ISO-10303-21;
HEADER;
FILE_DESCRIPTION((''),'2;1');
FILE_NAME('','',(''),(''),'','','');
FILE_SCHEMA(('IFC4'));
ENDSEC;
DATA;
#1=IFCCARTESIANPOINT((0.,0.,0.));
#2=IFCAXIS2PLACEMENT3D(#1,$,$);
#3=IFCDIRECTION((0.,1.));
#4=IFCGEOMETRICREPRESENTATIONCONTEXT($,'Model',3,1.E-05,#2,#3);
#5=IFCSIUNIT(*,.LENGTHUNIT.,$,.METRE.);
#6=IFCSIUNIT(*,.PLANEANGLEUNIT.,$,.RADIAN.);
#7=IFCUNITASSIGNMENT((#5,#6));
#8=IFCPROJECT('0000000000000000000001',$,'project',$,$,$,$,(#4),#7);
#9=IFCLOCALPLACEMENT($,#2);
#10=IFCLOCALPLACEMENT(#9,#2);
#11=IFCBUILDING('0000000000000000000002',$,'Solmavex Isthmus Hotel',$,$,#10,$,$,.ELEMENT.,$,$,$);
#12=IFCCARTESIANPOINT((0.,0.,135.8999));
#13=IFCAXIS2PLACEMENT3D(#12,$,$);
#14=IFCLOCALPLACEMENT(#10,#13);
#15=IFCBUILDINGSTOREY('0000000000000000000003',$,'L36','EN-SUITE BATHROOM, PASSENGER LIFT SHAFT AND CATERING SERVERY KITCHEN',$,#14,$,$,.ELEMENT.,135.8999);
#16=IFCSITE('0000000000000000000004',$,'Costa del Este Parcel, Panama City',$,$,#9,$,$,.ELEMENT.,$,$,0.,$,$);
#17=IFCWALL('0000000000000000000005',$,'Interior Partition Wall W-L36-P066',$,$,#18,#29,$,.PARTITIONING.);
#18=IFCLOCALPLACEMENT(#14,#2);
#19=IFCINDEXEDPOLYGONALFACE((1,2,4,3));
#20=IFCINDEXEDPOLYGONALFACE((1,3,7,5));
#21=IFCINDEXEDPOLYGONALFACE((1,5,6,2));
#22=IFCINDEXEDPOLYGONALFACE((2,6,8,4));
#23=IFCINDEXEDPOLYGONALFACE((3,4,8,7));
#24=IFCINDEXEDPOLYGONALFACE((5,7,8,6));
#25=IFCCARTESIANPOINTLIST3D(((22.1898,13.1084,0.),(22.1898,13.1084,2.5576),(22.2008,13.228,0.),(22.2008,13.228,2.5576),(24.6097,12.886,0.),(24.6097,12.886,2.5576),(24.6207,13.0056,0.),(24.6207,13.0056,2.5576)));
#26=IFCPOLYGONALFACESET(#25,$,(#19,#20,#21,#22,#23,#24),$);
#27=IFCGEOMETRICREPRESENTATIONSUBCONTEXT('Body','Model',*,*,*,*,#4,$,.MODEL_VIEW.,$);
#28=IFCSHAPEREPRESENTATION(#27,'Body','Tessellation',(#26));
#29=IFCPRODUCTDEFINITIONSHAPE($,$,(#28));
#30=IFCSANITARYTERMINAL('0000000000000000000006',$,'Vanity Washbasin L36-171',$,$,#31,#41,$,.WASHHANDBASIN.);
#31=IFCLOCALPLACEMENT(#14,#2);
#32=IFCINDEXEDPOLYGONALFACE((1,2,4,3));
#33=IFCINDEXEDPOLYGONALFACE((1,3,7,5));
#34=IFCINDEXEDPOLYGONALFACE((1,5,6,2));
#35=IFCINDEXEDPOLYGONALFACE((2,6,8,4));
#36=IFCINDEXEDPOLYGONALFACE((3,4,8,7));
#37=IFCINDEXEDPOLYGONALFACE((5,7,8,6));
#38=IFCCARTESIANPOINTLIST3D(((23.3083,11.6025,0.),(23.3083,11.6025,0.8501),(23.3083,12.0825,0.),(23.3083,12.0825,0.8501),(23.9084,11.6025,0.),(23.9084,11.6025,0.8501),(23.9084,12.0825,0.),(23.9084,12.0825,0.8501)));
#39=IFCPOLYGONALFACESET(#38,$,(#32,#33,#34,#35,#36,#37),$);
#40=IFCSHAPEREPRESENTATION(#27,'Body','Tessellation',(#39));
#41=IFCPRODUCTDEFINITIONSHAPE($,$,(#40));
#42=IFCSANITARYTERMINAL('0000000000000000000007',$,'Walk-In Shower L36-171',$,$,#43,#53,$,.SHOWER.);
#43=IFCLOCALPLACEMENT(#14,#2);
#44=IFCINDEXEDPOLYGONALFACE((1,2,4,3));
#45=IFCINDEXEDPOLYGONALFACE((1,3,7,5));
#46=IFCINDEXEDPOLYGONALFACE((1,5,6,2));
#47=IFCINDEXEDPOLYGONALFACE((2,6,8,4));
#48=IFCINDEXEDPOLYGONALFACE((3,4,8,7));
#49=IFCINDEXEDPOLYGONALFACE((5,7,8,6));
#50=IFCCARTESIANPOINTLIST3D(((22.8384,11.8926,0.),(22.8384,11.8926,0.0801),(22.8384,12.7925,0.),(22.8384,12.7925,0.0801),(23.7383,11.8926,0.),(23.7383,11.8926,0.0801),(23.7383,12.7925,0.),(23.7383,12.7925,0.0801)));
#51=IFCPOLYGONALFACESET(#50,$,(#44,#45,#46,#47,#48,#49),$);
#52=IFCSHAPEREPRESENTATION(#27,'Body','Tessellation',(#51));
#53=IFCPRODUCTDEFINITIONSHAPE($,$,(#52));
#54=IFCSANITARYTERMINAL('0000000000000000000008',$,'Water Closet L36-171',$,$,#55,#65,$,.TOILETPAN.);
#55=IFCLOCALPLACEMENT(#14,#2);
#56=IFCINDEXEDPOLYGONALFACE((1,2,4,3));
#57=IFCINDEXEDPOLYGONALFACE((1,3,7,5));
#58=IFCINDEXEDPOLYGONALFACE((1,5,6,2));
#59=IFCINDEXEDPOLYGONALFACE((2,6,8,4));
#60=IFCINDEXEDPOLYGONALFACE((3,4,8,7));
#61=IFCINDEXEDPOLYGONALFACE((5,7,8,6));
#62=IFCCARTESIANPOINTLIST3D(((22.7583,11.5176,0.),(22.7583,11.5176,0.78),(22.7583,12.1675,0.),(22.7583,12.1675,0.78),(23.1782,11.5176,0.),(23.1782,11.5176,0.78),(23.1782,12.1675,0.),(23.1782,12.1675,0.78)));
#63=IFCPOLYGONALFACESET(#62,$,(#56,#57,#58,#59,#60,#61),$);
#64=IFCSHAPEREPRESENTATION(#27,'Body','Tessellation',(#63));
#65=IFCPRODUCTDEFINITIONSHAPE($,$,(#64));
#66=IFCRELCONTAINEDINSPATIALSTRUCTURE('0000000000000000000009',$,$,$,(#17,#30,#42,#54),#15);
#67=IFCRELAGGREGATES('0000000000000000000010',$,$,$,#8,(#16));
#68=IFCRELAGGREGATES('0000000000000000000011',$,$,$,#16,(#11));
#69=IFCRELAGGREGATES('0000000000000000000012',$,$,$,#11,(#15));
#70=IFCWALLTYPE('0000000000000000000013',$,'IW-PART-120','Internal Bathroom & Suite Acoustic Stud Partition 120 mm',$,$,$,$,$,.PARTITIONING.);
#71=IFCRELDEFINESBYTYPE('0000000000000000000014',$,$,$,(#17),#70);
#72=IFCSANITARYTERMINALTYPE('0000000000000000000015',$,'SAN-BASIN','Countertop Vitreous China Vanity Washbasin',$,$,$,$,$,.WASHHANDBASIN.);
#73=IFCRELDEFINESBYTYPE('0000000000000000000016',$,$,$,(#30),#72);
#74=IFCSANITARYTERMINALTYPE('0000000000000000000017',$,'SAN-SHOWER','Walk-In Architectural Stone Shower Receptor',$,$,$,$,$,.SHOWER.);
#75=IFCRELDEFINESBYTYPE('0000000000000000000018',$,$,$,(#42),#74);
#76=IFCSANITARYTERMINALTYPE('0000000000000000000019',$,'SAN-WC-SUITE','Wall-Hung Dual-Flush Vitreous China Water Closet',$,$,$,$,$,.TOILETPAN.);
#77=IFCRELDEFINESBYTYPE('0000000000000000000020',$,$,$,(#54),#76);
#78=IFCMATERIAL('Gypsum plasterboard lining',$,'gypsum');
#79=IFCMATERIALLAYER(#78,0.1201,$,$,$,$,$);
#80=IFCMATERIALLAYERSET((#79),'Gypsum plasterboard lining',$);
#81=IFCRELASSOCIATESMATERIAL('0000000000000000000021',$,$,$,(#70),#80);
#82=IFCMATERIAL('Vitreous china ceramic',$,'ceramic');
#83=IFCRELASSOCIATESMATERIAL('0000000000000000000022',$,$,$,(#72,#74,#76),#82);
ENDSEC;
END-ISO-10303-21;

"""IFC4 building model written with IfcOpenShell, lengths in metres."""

from ifc_helpers import new_model, si_unit, direction, frame, frame_2d, origin, origin_2d, place, context, subcontext, project, spatial, rectangle, extrude, material, layer, layer_set, type_object, element, save


model = new_model("IFC4")

# Units and contexts
model_context = context("Model", 3, precision=1e-05, world=origin(), true_north=direction((0.0, 1.0)))
body_context = subcontext(model_context, "Body", "Model", "MODEL_VIEW")
ifc_project = project(units=[si_unit("LENGTHUNIT", "METRE"), si_unit("PLANEANGLEUNIT", "RADIAN")], contexts=[model_context])

# Site, building, storey
site_placement = place(None, origin())
site = spatial("IfcSite", under=ifc_project, at=site_placement, Name="Costa del Este Parcel, Panama City", CompositionType="ELEMENT", RefElevation=0.0)
building_placement = place(site_placement, origin())
building = spatial("IfcBuilding", under=site, at=building_placement, Name="Solmavex Isthmus Hotel", CompositionType="ELEMENT")
storey_placement = place(building_placement, frame((0.0, 0.0, 135.8999)))
storey = spatial("IfcBuildingStorey", under=building, at=storey_placement, Name="L36", Description="EN-SUITE BATHROOM, PASSENGER LIFT SHAFT AND CATERING SERVERY KITCHEN", CompositionType="ELEMENT", Elevation=135.8999)

# Shared definitions
ifc_material_1 = material(Name="Gypsum plasterboard lining", Category="gypsum")

# Shared definitions
ifc_layer_1 = layer(ifc_material_1, 0.1201)
ifc_layer_set_1 = layer_set([ifc_layer_1], Name="Gypsum plasterboard lining")
wall_type_1 = type_object("IfcWallType", Name="IW-PART-120", Description="Internal Bathroom & Suite Acoustic Stud Partition 120 mm", PredefinedType="PARTITIONING", material=ifc_layer_set_1)

# Wall
wall_1_placement = place(storey_placement, frame((24.6152, 12.9458, 0.0), z_axis=(0.0, 0.0, 1.0), x_axis=(-0.995803, 0.091523, 0.0)))
element("IfcWall", 1, at=wall_1_placement, inside=storey, type_object=wall_type_1, Name="Interior Partition Wall W-L36-P066", PredefinedType="PARTITIONING", context=body_context, shape_type="SweptSolid", body=[
    extrude(rectangle(XDim=2.4302, YDim=0.1201, at=frame_2d((1.2151, 0.0))), origin(), (0.0, 0.0, 1.0), 2.5576),
])

# Sanitary terminals
ifc_material_2 = material(Name="Vitreous china ceramic", Category="ceramic")
sanitary_terminal_type_1 = type_object("IfcSanitaryTerminalType", Name="SAN-BASIN", Description="Countertop Vitreous China Vanity Washbasin", PredefinedType="WASHHANDBASIN", material=ifc_material_2)
sanitary_terminal_1_placement = place(storey_placement, frame((23.6084, 11.8425, 0.0), z_axis=(0.0, 0.0, 1.0), x_axis=(1.0, 0.0, 0.0)))
element("IfcSanitaryTerminal", 2, at=sanitary_terminal_1_placement, inside=storey, type_object=sanitary_terminal_type_1, Name="Vanity Washbasin L36-171", PredefinedType="WASHHANDBASIN", context=body_context, shape_type="SweptSolid", body=[
    extrude(rectangle(XDim=0.6001, YDim=0.48, at=origin_2d()), origin(), (0.0, 0.0, 1.0), 0.8501),
])
sanitary_terminal_type_2 = type_object("IfcSanitaryTerminalType", Name="SAN-SHOWER", Description="Walk-In Architectural Stone Shower Receptor", PredefinedType="SHOWER", material=ifc_material_2)
sanitary_terminal_2_placement = place(storey_placement, frame((23.2883, 12.3425, 0.0), z_axis=(0.0, 0.0, 1.0), x_axis=(1.0, 0.0, 0.0)))
element("IfcSanitaryTerminal", 3, at=sanitary_terminal_2_placement, inside=storey, type_object=sanitary_terminal_type_2, Name="Walk-In Shower L36-171", PredefinedType="SHOWER", context=body_context, shape_type="SweptSolid", body=[
    extrude(rectangle(XDim=0.8999, YDim=0.8999, at=origin_2d()), origin(), (0.0, 0.0, 1.0), 0.0801),
])
sanitary_terminal_type_3 = type_object("IfcSanitaryTerminalType", Name="SAN-WC-SUITE", Description="Wall-Hung Dual-Flush Vitreous China Water Closet", PredefinedType="TOILETPAN", material=ifc_material_2)
sanitary_terminal_3_placement = place(storey_placement, frame((22.9683, 11.8425, 0.0), z_axis=(0.0, 0.0, 1.0), x_axis=(1.0, 0.0, 0.0)))
element("IfcSanitaryTerminal", 4, at=sanitary_terminal_3_placement, inside=storey, type_object=sanitary_terminal_type_3, Name="Water Closet L36-171", PredefinedType="TOILETPAN", context=body_context, shape_type="SweptSolid", body=[
    extrude(rectangle(XDim=0.4199, YDim=0.6499, at=origin_2d()), origin(), (0.0, 0.0, 1.0), 0.78),
])

save(model, "model.ifc")
